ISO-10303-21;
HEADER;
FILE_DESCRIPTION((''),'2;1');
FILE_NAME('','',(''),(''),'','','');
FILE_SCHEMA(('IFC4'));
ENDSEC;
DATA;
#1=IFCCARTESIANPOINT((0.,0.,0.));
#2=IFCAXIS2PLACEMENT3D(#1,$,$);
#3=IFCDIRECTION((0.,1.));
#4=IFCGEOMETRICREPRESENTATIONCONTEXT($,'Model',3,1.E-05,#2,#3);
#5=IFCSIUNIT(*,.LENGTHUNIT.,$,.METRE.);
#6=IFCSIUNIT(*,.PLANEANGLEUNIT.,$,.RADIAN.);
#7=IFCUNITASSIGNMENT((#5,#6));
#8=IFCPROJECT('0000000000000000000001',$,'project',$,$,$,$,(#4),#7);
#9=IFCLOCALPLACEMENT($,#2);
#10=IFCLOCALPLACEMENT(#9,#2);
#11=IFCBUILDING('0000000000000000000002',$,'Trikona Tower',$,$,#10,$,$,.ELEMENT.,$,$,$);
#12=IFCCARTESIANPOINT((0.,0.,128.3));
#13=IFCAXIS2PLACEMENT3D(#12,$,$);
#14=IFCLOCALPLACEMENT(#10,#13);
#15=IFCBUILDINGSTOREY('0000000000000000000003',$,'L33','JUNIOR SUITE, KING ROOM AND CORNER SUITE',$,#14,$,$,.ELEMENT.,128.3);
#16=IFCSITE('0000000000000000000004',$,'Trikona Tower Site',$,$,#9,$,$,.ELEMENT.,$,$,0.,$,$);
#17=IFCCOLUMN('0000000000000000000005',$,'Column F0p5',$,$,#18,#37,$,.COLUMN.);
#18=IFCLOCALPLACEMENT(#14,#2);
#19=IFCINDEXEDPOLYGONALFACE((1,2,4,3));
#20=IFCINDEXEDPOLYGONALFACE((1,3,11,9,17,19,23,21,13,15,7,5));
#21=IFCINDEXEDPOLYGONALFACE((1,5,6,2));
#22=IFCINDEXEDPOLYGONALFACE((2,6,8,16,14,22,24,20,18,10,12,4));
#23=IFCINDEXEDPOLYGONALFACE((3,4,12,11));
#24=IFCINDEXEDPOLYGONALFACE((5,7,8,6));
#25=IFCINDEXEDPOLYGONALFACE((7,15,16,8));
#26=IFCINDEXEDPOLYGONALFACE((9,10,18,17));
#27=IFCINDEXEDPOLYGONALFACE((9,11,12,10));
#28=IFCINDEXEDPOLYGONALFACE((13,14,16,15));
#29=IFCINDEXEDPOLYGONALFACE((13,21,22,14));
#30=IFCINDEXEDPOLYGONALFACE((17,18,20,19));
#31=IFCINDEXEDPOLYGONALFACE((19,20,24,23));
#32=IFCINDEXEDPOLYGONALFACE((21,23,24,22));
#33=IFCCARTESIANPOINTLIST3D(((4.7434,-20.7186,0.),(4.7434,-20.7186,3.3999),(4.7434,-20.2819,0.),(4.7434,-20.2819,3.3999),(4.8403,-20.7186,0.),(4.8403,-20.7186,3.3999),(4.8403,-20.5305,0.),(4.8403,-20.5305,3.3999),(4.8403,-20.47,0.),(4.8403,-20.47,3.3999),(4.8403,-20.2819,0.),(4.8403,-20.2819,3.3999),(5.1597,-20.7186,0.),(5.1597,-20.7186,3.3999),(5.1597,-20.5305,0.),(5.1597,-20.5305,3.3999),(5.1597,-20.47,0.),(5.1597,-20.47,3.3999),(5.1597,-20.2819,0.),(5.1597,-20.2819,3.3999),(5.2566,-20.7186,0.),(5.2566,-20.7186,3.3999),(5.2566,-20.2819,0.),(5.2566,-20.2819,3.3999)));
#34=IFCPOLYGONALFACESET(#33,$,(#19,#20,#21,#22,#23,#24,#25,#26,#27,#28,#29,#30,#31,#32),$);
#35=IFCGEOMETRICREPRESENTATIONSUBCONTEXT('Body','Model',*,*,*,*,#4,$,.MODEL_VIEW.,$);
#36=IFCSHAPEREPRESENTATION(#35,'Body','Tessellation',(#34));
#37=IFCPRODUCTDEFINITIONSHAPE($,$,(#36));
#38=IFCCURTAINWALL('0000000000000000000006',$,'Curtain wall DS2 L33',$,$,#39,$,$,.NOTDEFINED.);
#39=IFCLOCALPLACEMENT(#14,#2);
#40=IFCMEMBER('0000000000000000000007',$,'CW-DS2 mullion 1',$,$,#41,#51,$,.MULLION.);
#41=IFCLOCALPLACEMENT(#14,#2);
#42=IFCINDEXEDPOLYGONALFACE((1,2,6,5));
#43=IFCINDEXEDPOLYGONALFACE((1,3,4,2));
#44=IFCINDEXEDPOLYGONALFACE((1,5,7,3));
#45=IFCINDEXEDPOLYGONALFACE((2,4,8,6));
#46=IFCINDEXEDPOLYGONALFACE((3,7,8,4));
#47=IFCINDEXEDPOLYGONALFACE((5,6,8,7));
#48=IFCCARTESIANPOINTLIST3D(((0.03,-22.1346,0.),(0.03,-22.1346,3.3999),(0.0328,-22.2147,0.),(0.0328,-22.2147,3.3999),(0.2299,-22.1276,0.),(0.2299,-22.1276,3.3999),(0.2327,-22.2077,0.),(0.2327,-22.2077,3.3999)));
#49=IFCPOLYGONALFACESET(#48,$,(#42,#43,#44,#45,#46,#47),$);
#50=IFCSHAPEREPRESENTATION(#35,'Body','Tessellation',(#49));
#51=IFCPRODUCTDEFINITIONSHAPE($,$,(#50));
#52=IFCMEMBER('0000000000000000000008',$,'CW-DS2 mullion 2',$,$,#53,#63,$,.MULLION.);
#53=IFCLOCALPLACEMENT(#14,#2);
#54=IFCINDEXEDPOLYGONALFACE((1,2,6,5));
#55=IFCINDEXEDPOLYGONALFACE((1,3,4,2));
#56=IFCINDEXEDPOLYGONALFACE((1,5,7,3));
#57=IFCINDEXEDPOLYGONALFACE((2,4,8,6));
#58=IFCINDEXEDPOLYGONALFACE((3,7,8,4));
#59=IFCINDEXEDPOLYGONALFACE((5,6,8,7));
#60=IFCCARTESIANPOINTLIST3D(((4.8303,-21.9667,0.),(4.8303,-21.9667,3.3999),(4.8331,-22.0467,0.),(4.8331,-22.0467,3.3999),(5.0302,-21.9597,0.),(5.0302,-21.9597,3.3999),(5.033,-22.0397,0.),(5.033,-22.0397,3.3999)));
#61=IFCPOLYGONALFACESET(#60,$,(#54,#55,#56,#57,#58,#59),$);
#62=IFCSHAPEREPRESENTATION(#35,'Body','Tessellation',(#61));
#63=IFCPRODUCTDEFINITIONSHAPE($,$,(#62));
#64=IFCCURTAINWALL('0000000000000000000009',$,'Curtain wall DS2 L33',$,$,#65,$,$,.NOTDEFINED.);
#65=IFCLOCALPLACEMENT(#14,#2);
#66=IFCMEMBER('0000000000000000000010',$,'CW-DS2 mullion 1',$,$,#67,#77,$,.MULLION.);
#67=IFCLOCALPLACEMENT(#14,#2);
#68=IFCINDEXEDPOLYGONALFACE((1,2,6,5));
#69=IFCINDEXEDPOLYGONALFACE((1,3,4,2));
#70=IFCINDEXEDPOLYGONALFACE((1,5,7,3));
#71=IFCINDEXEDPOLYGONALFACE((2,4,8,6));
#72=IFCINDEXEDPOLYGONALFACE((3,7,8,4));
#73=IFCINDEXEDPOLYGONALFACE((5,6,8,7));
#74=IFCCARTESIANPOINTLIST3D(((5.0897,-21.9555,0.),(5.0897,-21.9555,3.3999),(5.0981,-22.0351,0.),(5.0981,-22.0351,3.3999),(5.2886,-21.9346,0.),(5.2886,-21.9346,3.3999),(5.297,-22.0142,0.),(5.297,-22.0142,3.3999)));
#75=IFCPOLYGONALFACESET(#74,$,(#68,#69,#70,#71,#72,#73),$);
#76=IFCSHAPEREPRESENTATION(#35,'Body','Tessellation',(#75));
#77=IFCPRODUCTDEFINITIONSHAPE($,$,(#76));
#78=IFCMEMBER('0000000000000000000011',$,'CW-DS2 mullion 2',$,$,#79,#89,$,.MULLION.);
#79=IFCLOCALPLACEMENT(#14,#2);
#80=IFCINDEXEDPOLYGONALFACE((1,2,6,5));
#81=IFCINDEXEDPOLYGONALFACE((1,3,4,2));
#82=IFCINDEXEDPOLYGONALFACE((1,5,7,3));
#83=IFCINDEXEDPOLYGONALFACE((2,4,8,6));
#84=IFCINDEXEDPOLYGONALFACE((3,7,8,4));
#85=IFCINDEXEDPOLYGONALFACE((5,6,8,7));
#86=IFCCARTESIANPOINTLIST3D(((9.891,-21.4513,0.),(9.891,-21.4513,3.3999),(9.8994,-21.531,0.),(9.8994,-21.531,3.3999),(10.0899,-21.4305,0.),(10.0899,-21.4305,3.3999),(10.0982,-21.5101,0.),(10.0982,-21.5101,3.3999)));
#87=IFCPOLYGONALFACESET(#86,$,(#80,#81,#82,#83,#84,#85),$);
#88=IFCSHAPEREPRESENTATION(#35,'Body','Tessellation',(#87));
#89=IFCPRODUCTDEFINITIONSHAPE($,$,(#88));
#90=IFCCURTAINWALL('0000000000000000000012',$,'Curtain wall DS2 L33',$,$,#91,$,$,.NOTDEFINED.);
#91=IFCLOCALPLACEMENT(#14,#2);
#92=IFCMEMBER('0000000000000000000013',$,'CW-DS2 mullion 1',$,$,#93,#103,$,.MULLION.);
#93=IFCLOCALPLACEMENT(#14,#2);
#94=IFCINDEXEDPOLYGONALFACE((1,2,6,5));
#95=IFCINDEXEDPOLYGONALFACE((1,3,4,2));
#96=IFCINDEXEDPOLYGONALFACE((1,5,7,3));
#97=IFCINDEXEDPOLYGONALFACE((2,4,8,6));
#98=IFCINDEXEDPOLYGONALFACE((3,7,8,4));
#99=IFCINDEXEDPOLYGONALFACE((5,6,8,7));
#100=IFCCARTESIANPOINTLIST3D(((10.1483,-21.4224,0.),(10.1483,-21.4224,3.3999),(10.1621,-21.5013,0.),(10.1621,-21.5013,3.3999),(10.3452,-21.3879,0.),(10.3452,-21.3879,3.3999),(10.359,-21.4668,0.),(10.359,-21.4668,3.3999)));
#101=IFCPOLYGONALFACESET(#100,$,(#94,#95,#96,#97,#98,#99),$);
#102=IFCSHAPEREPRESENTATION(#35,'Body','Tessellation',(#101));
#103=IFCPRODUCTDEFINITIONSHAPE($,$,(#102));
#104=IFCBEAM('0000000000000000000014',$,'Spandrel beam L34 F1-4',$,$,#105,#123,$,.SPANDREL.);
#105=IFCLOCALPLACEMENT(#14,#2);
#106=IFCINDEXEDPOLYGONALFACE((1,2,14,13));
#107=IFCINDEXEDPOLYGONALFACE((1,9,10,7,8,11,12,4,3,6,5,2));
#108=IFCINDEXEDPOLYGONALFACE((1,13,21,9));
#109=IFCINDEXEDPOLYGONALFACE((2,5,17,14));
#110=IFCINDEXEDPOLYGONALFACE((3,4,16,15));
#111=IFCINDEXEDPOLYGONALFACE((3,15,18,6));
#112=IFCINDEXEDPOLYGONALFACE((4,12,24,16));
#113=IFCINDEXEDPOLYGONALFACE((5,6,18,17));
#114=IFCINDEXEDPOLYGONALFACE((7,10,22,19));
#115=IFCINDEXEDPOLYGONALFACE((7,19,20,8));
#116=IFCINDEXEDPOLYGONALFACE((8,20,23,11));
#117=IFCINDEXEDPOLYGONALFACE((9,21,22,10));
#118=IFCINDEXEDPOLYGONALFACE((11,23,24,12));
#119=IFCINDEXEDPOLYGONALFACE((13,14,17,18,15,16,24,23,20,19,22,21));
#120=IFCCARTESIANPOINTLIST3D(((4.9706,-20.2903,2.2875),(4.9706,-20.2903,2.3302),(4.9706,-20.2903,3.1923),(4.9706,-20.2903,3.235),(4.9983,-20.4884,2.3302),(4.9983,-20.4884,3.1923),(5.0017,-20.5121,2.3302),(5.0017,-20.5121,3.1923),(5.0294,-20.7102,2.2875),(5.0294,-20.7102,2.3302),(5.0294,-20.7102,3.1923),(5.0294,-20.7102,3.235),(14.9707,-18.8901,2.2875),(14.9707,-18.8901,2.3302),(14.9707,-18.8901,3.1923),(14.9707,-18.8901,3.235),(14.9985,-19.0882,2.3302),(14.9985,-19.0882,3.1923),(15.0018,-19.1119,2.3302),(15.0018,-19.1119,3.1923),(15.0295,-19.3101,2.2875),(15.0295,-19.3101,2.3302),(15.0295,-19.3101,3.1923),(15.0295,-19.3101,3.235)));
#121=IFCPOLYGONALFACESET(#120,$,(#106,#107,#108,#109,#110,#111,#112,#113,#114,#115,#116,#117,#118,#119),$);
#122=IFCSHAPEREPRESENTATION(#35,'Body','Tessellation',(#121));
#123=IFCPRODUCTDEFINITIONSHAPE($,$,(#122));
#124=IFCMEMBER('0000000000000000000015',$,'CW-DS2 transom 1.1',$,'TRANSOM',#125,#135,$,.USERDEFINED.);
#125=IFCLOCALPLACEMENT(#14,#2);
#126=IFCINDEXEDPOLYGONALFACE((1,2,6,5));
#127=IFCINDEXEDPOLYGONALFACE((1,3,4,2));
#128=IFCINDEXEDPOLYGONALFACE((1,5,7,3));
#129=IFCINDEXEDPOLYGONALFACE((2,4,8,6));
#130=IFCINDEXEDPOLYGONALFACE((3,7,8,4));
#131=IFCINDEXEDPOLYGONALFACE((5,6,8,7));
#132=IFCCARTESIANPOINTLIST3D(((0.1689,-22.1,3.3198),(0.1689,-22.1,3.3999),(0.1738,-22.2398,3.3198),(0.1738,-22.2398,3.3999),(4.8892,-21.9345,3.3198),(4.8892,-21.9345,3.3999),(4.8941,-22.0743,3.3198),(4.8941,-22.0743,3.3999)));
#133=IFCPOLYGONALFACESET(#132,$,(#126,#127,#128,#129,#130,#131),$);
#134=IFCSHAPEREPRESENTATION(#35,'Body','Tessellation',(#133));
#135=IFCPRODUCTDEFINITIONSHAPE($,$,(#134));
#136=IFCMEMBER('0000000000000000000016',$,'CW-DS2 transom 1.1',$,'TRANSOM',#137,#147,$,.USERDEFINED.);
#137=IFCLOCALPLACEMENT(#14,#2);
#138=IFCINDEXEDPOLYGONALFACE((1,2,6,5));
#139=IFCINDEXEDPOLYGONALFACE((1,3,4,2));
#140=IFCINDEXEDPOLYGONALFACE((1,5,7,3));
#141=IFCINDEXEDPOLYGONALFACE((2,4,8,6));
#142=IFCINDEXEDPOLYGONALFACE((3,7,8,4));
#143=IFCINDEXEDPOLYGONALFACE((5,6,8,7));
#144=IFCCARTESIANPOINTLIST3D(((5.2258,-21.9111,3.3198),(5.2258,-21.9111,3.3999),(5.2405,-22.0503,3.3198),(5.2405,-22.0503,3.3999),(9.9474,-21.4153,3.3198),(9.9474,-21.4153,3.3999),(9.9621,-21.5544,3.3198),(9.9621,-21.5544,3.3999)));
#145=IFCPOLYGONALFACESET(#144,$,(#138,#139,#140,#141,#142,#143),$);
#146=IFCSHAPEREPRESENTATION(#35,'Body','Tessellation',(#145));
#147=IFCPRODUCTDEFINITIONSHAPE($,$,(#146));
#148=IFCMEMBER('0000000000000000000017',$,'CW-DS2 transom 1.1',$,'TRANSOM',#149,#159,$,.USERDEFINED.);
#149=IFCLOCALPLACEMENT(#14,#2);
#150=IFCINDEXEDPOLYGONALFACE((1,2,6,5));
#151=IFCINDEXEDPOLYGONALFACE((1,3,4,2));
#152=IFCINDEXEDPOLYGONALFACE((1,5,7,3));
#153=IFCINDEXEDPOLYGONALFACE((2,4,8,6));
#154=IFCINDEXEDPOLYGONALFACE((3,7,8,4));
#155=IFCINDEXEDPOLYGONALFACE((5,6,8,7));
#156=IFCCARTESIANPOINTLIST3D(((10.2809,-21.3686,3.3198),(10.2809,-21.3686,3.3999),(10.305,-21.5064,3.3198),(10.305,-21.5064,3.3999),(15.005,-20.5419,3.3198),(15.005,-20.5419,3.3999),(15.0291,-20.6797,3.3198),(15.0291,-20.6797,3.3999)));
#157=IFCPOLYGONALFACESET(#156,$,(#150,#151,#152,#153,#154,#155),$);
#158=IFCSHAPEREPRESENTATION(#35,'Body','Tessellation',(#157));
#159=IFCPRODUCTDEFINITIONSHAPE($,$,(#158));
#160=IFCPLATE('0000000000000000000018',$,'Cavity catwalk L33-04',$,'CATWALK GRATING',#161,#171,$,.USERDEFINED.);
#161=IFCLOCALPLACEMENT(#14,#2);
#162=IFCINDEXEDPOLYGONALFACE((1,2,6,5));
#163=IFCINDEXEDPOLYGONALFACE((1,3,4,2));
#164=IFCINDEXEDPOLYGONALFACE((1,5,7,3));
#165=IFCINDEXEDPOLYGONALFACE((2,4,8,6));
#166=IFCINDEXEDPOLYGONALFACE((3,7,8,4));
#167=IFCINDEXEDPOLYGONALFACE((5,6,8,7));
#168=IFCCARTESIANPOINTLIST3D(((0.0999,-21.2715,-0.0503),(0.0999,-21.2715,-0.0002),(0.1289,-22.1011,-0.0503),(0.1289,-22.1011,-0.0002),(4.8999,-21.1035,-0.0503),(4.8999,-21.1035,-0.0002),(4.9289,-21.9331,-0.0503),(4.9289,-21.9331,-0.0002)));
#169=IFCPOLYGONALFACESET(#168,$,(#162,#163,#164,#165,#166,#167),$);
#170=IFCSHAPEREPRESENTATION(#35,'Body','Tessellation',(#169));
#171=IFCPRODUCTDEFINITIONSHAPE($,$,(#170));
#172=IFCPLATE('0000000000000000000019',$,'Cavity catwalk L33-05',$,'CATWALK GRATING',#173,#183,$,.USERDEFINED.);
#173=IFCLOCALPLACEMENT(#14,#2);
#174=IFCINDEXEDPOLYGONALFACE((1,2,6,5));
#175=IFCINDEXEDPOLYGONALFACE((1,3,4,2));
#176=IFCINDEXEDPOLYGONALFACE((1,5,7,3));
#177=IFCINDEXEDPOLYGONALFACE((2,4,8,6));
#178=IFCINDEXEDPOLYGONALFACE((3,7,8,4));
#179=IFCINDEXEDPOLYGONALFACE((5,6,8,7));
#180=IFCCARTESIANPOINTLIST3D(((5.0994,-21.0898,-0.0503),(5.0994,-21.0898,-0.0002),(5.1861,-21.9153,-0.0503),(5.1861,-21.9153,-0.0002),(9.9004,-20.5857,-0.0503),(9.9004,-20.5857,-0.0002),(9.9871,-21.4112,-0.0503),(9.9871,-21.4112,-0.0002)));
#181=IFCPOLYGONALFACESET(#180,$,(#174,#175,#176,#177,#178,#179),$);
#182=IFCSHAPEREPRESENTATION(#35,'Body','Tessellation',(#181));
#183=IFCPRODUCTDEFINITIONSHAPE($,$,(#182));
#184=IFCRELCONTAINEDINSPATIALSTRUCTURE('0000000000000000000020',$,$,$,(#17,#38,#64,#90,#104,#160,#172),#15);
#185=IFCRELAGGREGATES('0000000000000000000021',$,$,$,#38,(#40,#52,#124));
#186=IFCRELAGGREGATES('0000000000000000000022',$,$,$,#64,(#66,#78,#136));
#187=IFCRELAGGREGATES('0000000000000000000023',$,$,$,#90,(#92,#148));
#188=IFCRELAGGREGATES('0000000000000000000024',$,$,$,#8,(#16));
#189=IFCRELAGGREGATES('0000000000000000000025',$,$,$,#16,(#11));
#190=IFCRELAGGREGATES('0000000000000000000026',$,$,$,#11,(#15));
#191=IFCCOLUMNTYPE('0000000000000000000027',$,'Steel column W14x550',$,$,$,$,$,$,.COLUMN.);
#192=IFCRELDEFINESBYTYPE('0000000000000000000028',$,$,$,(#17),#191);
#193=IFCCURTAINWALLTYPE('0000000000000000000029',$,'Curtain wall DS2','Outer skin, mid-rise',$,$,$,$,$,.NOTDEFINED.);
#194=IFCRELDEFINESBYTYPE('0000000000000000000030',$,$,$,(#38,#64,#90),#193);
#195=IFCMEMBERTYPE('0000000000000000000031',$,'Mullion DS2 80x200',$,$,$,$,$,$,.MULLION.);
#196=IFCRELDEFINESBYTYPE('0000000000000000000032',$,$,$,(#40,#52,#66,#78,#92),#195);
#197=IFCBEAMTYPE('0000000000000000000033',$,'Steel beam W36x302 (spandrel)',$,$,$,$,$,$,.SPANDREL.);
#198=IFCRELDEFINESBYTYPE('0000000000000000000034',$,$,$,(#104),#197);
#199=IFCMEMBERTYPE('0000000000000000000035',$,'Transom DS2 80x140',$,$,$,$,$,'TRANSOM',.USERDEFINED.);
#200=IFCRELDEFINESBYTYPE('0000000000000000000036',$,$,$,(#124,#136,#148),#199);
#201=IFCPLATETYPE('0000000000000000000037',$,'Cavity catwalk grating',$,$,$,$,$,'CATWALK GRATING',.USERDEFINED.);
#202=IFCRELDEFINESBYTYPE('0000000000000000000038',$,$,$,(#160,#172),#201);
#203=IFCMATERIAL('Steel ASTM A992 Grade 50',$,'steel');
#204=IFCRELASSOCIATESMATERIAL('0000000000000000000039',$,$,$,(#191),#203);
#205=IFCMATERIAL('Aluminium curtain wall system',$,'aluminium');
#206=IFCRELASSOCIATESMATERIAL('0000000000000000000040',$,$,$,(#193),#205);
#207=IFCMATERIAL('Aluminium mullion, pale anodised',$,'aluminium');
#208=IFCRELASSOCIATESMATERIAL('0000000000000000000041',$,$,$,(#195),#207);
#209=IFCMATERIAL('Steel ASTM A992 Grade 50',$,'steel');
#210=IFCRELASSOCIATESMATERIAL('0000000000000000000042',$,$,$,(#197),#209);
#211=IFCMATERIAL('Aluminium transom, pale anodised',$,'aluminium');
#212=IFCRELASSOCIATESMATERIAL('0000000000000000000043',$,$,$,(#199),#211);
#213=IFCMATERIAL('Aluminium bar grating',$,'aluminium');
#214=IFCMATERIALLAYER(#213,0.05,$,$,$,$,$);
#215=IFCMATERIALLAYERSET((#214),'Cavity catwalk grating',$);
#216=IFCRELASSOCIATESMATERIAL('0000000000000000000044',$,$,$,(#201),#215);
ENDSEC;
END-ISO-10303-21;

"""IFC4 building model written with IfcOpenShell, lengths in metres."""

from ifc_helpers import new_model, si_unit, direction, frame, origin, origin_2d, place, context, subcontext, project, spatial, rectangle, i_section, extrude, material, layer, layer_set, material_profile, profile_set, type_object, element, aggregate, save


model = new_model("IFC4")

# Units and contexts
model_context = context("Model", 3, precision=1e-05, world=origin(), true_north=direction((0.0, 1.0)))
body_context = subcontext(model_context, "Body", "Model", "MODEL_VIEW")
ifc_project = project(units=[si_unit("LENGTHUNIT", "METRE"), si_unit("PLANEANGLEUNIT", "RADIAN")], contexts=[model_context])

# Site, building, storey
site_placement = place(None, origin())
site = spatial("IfcSite", under=ifc_project, at=site_placement, Name="Trikona Tower Site", CompositionType="ELEMENT", RefElevation=0.0)
building_placement = place(site_placement, origin())
building = spatial("IfcBuilding", under=site, at=building_placement, Name="Trikona Tower", CompositionType="ELEMENT")
storey_placement = place(building_placement, frame((0.0, 0.0, 128.3)))
storey = spatial("IfcBuildingStorey", under=building, at=storey_placement, Name="L33", Description="JUNIOR SUITE, KING ROOM AND CORNER SUITE", CompositionType="ELEMENT", Elevation=128.3)

# Column
ifc_material_1 = material(Name="Steel ASTM A992 Grade 50", Category="steel")
ifc_material_profile_1 = material_profile(ifc_material_1, i_section(OverallWidth=0.4368, OverallDepth=0.5132, WebThickness=0.0605, FlangeThickness=0.0969, at=origin_2d()), Name="W14X550")
ifc_profile_set_1 = profile_set([ifc_material_profile_1], Name="Steel ASTM A992 Grade 50")
column_type = type_object("IfcColumnType", Name="Steel column W14x550", PredefinedType="COLUMN", material=ifc_profile_set_1)
column_placement = place(storey_placement, frame((5.0, -20.5002, 0.0), z_axis=(0.0, 0.0, 1.0), x_axis=(0.0, -1.0, 0.0)))
element("IfcColumn", 1, at=column_placement, inside=storey, type_object=column_type, Name="Column F0p5", PredefinedType="COLUMN", context=body_context, shape_type="SweptSolid", body=[
    extrude(i_section(OverallWidth=0.4368, OverallDepth=0.5132, WebThickness=0.0605, FlangeThickness=0.0969, at=origin_2d()), origin(), (0.0, 0.0, 1.0), 3.3999),
])

# Curtain walls, members
ifc_material_2 = material(Name="Aluminium curtain wall system", Category="aluminium")
curtain_wall_type = type_object("IfcCurtainWallType", Name="Curtain wall DS2", Description="Outer skin, mid-rise", PredefinedType="NOTDEFINED", material=ifc_material_2)
curtain_wall_1_placement = place(storey_placement, origin())
curtain_wall_1 = element("IfcCurtainWall", 2, at=curtain_wall_1_placement, inside=storey, type_object=curtain_wall_type, Name="Curtain wall DS2 L33", PredefinedType="NOTDEFINED")
ifc_material_3 = material(Name="Aluminium mullion, pale anodised", Category="aluminium")
ifc_material_profile_2 = material_profile(ifc_material_3, rectangle(XDim=0.0801, YDim=0.2, at=origin_2d()), Name="MUL-DS2")
ifc_profile_set_2 = profile_set([ifc_material_profile_2], Name="Aluminium mullion, pale anodised")
member_type_1 = type_object("IfcMemberType", Name="Mullion DS2 80x200", PredefinedType="MULLION", material=ifc_profile_set_2)
member_1_placement = place(storey_placement, frame((0.1313, -22.1711, 0.0), z_axis=(0.0, 0.0, 1.0), x_axis=(-0.034998, 0.999387, 0.0)))
member_1 = element("IfcMember", 3, at=member_1_placement, type_object=member_type_1, Name="CW-DS2 mullion 1", PredefinedType="MULLION", context=body_context, shape_type="SweptSolid", body=[
    extrude(rectangle(XDim=0.0801, YDim=0.2, at=origin_2d()), origin(), (0.0, 0.0, 1.0), 3.3999),
])
member_2_placement = place(storey_placement, frame((4.9316, -22.0032, 0.0), z_axis=(0.0, 0.0, 1.0), x_axis=(-0.034998, 0.999387, 0.0)))
member_2 = element("IfcMember", 4, at=member_2_placement, type_object=member_type_1, Name="CW-DS2 mullion 2", PredefinedType="MULLION", context=body_context, shape_type="SweptSolid", body=[
    extrude(rectangle(XDim=0.0801, YDim=0.2, at=origin_2d()), origin(), (0.0, 0.0, 1.0), 3.3999),
])
curtain_wall_2_placement = place(storey_placement, origin())
curtain_wall_2 = element("IfcCurtainWall", 5, at=curtain_wall_2_placement, inside=storey, type_object=curtain_wall_type, Name="Curtain wall DS2 L33", PredefinedType="NOTDEFINED")
member_3_placement = place(storey_placement, frame((5.1934, -21.9849, 0.0), z_axis=(0.0, 0.0, 1.0), x_axis=(-0.104433, 0.994532, 0.0)))
member_3 = element("IfcMember", 6, at=member_3_placement, type_object=member_type_1, Name="CW-DS2 mullion 1", PredefinedType="MULLION", context=body_context, shape_type="SweptSolid", body=[
    extrude(rectangle(XDim=0.0801, YDim=0.2, at=origin_2d()), origin(), (0.0, 0.0, 1.0), 3.3999),
])
member_4_placement = place(storey_placement, frame((9.9946, -21.4807, 0.0), z_axis=(0.0, 0.0, 1.0), x_axis=(-0.104433, 0.994532, 0.0)))
member_4 = element("IfcMember", 7, at=member_4_placement, type_object=member_type_1, Name="CW-DS2 mullion 2", PredefinedType="MULLION", context=body_context, shape_type="SweptSolid", body=[
    extrude(rectangle(XDim=0.0801, YDim=0.2, at=origin_2d()), origin(), (0.0, 0.0, 1.0), 3.3999),
])

# Curtain wall, member
curtain_wall_3_placement = place(storey_placement, origin())
curtain_wall_3 = element("IfcCurtainWall", 8, at=curtain_wall_3_placement, inside=storey, type_object=curtain_wall_type, Name="Curtain wall DS2 L33", PredefinedType="NOTDEFINED")
member_5_placement = place(storey_placement, frame((10.2537, -21.4446, 0.0), z_axis=(0.0, 0.0, 1.0), x_axis=(-0.172377, 0.985031, 0.0)))
member_5 = element("IfcMember", 9, at=member_5_placement, type_object=member_type_1, Name="CW-DS2 mullion 1", PredefinedType="MULLION", context=body_context, shape_type="SweptSolid", body=[
    extrude(rectangle(XDim=0.0801, YDim=0.2, at=origin_2d()), origin(), (0.0, 0.0, 1.0), 3.3999),
])

# Beam
ifc_material_4 = material(Name="Steel ASTM A992 Grade 50", Category="steel")
ifc_material_profile_3 = material_profile(ifc_material_4, i_section(OverallWidth=0.4241, OverallDepth=0.9475, WebThickness=0.0239, FlangeThickness=0.0427, at=origin_2d()), Name="W36X302")
ifc_profile_set_3 = profile_set([ifc_material_profile_3], Name="Steel ASTM A992 Grade 50")
beam_type = type_object("IfcBeamType", Name="Steel beam W36x302 (spandrel)", PredefinedType="SPANDREL", material=ifc_profile_set_3)
beam_placement = place(storey_placement, frame((5.0, -20.5002, 2.7612), z_axis=(0.99034, 0.138662, 0.0), x_axis=(-0.138662, 0.99034, 0.0)))
element("IfcBeam", 10, at=beam_placement, inside=storey, type_object=beam_type, Name="Spandrel beam L34 F1-4", PredefinedType="SPANDREL", context=body_context, shape_type="SweptSolid", body=[
    extrude(i_section(OverallWidth=0.4241, OverallDepth=0.9475, WebThickness=0.0239, FlangeThickness=0.0427, at=origin_2d()), origin(), (0.0, 0.0, 1.0), 10.0977),
])

# Members
ifc_material_5 = material(Name="Aluminium transom, pale anodised", Category="aluminium")
ifc_material_profile_4 = material_profile(ifc_material_5, rectangle(XDim=0.1399, YDim=0.0801, at=origin_2d()), Name="TRN-DS2")
ifc_profile_set_4 = profile_set([ifc_material_profile_4], Name="Aluminium transom, pale anodised")
member_type_2 = type_object("IfcMemberType", Name="Transom DS2 80x140", ElementType="TRANSOM", PredefinedType="USERDEFINED", material=ifc_profile_set_4)
member_6_placement = place(storey_placement, frame((0.1714, -22.1699, 3.3599), z_axis=(0.999386, 0.035046, 0.0), x_axis=(-0.035046, 0.999386, 0.0)))
member_6 = element("IfcMember", 11, at=member_6_placement, type_object=member_type_2, Name="CW-DS2 transom 1.1", ObjectType="TRANSOM", PredefinedType="USERDEFINED", context=body_context, shape_type="SweptSolid", body=[
    extrude(rectangle(XDim=0.1399, YDim=0.0801, at=origin_2d()), origin(), (0.0, 0.0, 1.0), 4.7231),
])
member_7_placement = place(storey_placement, frame((5.2332, -21.9807, 3.3599), z_axis=(0.994531, 0.104441, 0.0), x_axis=(-0.104441, 0.994531, 0.0)))
member_7 = element("IfcMember", 12, at=member_7_placement, type_object=member_type_2, Name="CW-DS2 transom 1.1", ObjectType="TRANSOM", PredefinedType="USERDEFINED", context=body_context, shape_type="SweptSolid", body=[
    extrude(rectangle(XDim=0.1399, YDim=0.0801, at=origin_2d()), origin(), (0.0, 0.0, 1.0), 4.7476),
])
member_8_placement = place(storey_placement, frame((10.293, -21.4375, 3.3599), z_axis=(0.985033, 0.172368, 0.0), x_axis=(-0.172368, 0.985033, 0.0)))
member_8 = element("IfcMember", 13, at=member_8_placement, type_object=member_type_2, Name="CW-DS2 transom 1.1", ObjectType="TRANSOM", PredefinedType="USERDEFINED", context=body_context, shape_type="SweptSolid", body=[
    extrude(rectangle(XDim=0.1399, YDim=0.0801, at=origin_2d()), origin(), (0.0, 0.0, 1.0), 4.7959),
])

# Plates
ifc_material_6 = material(Name="Aluminium bar grating", Category="aluminium")
ifc_layer_1 = layer(ifc_material_6, 0.05)
ifc_layer_set_1 = layer_set([ifc_layer_1], Name="Cavity catwalk grating")
plate_type_1 = type_object("IfcPlateType", Name="Cavity catwalk grating", ElementType="CATWALK GRATING", PredefinedType="USERDEFINED", material=ifc_layer_set_1)
plate_1_placement = place(storey_placement, frame((2.5144, -21.6023, -0.0503), z_axis=(0.0, 0.0, 1.0), x_axis=(0.999388, 0.034978, 0.0)))
element("IfcPlate", 14, at=plate_1_placement, inside=storey, type_object=plate_type_1, Name="Cavity catwalk L33-04", ObjectType="CATWALK GRATING", PredefinedType="USERDEFINED", context=body_context, shape_type="SweptSolid", body=[
    extrude(rectangle(XDim=4.803, YDim=0.8301, at=origin_2d()), origin(), (0.0, 0.0, 1.0), 0.05),
])
plate_2_placement = place(storey_placement, frame((7.5432, -21.2505, -0.0503), z_axis=(0.0, 0.0, 1.0), x_axis=(0.994533, 0.104426, 0.0)))
element("IfcPlate", 15, at=plate_2_placement, inside=storey, type_object=plate_type_1, Name="Cavity catwalk L33-05", ObjectType="CATWALK GRATING", PredefinedType="USERDEFINED", context=body_context, shape_type="SweptSolid", body=[
    extrude(rectangle(XDim=4.8274, YDim=0.8301, at=origin_2d()), origin(), (0.0, 0.0, 1.0), 0.05),
])

aggregate(curtain_wall_1, [member_1, member_2, member_6])
aggregate(curtain_wall_2, [member_3, member_4, member_7])
aggregate(curtain_wall_3, [member_5, member_8])

save(model, "model.ifc")
